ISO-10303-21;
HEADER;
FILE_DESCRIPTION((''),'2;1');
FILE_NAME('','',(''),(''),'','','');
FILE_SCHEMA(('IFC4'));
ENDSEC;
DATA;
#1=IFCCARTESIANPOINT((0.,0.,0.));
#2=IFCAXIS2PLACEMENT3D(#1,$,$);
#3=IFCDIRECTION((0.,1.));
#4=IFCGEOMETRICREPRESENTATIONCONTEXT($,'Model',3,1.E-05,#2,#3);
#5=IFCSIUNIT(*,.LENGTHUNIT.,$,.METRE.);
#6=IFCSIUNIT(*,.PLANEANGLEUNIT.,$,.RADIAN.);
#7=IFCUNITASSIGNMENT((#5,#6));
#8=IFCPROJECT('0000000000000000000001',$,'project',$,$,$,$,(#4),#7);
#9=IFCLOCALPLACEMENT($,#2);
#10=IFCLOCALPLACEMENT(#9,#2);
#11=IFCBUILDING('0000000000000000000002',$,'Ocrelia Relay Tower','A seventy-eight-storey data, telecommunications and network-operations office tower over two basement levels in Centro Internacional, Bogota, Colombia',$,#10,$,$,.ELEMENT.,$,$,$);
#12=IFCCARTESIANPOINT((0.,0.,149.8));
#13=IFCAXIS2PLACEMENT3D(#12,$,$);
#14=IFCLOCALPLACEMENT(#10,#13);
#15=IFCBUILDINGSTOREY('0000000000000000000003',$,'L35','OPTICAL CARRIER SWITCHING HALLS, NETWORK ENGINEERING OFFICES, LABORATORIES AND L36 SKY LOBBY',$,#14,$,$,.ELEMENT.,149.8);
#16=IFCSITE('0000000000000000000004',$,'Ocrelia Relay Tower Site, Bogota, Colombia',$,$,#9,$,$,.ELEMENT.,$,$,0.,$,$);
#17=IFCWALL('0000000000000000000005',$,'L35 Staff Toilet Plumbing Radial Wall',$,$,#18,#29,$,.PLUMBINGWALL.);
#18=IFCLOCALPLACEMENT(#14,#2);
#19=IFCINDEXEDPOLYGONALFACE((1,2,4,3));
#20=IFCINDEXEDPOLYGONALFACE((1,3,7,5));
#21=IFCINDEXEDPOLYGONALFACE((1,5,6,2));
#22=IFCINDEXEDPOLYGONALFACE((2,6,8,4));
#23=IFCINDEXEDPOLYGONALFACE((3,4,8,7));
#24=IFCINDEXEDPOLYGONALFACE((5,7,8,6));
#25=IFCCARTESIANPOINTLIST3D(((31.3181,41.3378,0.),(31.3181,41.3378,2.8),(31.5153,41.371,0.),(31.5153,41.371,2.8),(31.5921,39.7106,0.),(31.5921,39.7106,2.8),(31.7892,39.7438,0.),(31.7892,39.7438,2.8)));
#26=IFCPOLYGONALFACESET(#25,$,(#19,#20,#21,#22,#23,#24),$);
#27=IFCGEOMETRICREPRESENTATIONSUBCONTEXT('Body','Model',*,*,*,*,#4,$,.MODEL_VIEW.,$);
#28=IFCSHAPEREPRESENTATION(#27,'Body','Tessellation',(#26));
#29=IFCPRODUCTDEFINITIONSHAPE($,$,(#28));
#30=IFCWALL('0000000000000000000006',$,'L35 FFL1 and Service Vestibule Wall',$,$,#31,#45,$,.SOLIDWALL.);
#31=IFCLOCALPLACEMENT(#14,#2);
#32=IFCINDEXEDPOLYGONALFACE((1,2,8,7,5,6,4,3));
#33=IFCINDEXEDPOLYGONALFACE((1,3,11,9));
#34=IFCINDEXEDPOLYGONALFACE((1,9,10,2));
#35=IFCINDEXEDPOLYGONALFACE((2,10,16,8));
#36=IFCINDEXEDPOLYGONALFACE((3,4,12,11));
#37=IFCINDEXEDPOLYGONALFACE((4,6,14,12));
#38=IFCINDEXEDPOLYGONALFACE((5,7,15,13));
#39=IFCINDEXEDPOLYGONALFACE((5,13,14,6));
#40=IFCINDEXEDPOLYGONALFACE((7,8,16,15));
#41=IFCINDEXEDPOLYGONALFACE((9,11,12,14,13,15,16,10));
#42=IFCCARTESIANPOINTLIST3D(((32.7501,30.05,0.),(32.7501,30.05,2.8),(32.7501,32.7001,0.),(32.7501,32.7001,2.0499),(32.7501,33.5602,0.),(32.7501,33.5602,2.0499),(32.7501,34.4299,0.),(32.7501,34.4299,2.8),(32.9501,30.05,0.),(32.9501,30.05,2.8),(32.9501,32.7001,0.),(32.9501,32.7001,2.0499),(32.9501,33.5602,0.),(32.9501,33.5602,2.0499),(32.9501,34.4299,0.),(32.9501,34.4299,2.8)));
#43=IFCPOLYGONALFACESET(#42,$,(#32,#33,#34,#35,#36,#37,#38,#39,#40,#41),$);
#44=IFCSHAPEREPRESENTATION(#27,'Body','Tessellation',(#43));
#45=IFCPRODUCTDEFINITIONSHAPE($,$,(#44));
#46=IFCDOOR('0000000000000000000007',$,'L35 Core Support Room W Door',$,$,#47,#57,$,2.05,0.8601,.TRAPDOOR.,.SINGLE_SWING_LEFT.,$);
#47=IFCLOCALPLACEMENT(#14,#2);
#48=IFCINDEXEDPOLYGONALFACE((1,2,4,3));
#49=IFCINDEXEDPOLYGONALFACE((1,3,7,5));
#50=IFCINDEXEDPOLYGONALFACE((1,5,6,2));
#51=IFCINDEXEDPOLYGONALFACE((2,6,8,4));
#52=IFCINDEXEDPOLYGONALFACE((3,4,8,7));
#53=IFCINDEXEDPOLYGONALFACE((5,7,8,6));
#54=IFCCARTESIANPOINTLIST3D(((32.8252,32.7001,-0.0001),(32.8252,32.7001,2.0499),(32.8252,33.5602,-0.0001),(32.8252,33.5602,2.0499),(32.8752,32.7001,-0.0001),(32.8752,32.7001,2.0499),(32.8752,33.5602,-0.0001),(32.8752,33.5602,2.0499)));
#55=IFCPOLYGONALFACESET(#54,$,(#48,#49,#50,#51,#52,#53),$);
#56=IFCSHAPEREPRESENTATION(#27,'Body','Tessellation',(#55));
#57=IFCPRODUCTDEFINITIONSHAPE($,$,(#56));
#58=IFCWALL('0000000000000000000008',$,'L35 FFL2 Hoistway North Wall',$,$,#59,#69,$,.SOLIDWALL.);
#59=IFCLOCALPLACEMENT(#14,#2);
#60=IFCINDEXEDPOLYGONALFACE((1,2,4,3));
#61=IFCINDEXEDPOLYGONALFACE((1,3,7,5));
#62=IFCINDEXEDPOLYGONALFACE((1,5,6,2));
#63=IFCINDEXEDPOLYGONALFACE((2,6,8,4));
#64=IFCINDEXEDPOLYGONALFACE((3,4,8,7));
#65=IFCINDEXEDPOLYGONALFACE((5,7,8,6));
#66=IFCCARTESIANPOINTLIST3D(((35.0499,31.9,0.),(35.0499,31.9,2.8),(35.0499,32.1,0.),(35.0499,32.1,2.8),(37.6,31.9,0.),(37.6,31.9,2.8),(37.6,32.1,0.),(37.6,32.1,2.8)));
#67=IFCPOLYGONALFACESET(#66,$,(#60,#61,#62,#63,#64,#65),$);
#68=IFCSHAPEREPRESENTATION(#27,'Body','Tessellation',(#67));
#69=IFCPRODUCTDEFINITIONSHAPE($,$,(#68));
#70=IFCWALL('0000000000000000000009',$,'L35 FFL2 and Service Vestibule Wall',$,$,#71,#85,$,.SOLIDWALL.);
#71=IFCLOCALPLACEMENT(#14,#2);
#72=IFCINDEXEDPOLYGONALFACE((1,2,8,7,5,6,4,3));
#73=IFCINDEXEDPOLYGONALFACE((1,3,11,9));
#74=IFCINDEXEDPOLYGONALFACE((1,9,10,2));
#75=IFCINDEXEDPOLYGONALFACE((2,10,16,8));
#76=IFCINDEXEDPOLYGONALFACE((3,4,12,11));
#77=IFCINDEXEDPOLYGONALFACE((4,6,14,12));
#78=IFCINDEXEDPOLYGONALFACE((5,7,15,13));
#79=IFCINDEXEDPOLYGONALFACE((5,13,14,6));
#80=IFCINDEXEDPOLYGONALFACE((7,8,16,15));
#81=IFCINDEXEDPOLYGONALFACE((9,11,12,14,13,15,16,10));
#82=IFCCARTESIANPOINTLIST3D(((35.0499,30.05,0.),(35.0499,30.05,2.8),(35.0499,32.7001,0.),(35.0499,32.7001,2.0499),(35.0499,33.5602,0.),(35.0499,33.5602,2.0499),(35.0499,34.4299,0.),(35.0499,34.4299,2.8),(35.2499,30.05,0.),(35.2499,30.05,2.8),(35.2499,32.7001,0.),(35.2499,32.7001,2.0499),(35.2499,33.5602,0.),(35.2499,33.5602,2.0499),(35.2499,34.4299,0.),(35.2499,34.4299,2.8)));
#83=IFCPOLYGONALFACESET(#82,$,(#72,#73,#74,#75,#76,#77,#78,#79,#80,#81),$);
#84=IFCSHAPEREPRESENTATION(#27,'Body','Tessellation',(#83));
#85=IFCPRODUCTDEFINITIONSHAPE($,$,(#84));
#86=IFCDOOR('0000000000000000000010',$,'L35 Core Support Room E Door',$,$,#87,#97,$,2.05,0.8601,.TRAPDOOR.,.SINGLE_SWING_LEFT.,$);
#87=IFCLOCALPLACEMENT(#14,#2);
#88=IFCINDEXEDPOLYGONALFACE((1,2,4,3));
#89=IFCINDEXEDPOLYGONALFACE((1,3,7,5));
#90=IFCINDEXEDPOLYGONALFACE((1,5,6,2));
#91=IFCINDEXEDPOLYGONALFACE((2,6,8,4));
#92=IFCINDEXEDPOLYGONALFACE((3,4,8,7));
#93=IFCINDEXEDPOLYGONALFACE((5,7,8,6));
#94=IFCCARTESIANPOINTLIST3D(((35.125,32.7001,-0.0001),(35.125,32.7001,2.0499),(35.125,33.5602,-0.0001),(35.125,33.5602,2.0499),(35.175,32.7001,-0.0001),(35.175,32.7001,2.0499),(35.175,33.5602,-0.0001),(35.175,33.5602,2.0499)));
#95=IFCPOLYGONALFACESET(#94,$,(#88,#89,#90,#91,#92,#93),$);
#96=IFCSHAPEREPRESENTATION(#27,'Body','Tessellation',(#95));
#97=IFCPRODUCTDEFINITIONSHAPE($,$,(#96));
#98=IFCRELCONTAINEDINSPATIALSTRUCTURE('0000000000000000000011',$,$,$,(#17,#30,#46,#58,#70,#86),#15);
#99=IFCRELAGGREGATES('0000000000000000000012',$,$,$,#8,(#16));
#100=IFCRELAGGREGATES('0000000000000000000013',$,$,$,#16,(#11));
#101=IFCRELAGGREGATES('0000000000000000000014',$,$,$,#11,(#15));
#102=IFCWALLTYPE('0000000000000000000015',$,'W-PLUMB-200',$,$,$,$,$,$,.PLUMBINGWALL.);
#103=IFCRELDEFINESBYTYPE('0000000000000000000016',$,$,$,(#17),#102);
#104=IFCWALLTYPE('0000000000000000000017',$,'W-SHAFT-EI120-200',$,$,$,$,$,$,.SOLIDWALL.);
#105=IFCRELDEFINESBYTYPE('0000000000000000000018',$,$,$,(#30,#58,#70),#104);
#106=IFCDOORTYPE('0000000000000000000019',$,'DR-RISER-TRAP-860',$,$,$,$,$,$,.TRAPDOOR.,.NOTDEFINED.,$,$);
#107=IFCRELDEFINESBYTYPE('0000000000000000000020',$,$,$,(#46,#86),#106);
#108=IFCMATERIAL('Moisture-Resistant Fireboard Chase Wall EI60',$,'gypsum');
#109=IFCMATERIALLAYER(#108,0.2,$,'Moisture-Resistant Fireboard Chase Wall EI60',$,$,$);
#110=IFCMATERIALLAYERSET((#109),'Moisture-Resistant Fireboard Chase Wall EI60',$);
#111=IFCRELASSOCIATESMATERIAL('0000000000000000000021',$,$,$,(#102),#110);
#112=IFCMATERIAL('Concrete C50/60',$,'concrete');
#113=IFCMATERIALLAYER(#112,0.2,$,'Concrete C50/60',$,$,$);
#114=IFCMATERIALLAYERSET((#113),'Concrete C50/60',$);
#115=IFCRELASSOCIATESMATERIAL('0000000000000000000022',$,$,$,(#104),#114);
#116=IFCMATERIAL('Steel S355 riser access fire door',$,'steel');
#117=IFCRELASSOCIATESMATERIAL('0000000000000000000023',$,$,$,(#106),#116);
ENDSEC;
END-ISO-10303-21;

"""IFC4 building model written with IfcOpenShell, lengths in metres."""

from ifc_helpers import new_model, si_unit, direction, frame, frame_2d, origin, place, context, subcontext, project, spatial, rectangle, extrude, material, layer, layer_set, type_object, element, fill, save


model = new_model("IFC4")

# Units and contexts
model_context = context("Model", 3, precision=1e-05, world=origin(), true_north=direction((0.0, 1.0)))
body_context = subcontext(model_context, "Body", "Model", "MODEL_VIEW")
ifc_project = project(units=[si_unit("LENGTHUNIT", "METRE"), si_unit("PLANEANGLEUNIT", "RADIAN")], contexts=[model_context])

# Site, building, storey
site_placement = place(None, origin())
site = spatial("IfcSite", under=ifc_project, at=site_placement, Name="Ocrelia Relay Tower Site, Bogota, Colombia", CompositionType="ELEMENT", RefElevation=0.0)
building_placement = place(site_placement, origin())
building = spatial("IfcBuilding", under=site, at=building_placement, Name="Ocrelia Relay Tower", Description="A seventy-eight-storey data, telecommunications and network-operations office tower over two basement levels in Centro Internacional, Bogota, Colombia", CompositionType="ELEMENT")
storey_placement = place(building_placement, frame((0.0, 0.0, 149.8)))
storey = spatial("IfcBuildingStorey", under=building, at=storey_placement, Name="L35", Description="OPTICAL CARRIER SWITCHING HALLS, NETWORK ENGINEERING OFFICES, LABORATORIES AND L36 SKY LOBBY", CompositionType="ELEMENT", Elevation=149.8)

# Shared definitions
ifc_material_1 = material(Name="Concrete C50/60", Category="concrete")

# Wall
ifc_material_2 = material(Name="Moisture-Resistant Fireboard Chase Wall EI60", Category="gypsum")
ifc_layer_1 = layer(ifc_material_2, 0.2, Name="Moisture-Resistant Fireboard Chase Wall EI60")
ifc_layer_set_1 = layer_set([ifc_layer_1], Name="Moisture-Resistant Fireboard Chase Wall EI60")
wall_type_1 = type_object("IfcWallType", Name="W-PLUMB-200", PredefinedType="PLUMBINGWALL", material=ifc_layer_set_1)
wall_1_placement = place(storey_placement, frame((31.6907, 39.7271, 0.0), z_axis=(0.0, 0.0, 1.0), x_axis=(-0.166006, 0.986125, 0.0)))
element("IfcWall", 1, at=wall_1_placement, inside=storey, type_object=wall_type_1, Name="L35 Staff Toilet Plumbing Radial Wall", PredefinedType="PLUMBINGWALL", context=body_context, shape_type="SweptSolid", body=[
    extrude(rectangle(XDim=1.6501, YDim=0.2, at=frame_2d((0.8252, 0.0))), origin(), (0.0, 0.0, 1.0), 2.8),
])

# Wall, opening, door
ifc_layer_2 = layer(ifc_material_1, 0.2, Name="Concrete C50/60")
ifc_layer_set_2 = layer_set([ifc_layer_2], Name="Concrete C50/60")
wall_type_2 = type_object("IfcWallType", Name="W-SHAFT-EI120-200", PredefinedType="SOLIDWALL", material=ifc_layer_set_2)
wall_2_placement = place(storey_placement, frame((32.8501, 30.05, 0.0), z_axis=(0.0, 0.0, 1.0), x_axis=(0.0, 1.0, 0.0)))
wall_2 = element("IfcWall", 2, at=wall_2_placement, inside=storey, type_object=wall_type_2, Name="L35 FFL1 and Service Vestibule Wall", PredefinedType="SOLIDWALL", context=body_context, shape_type="SweptSolid", body=[
    extrude(rectangle(XDim=4.3799, YDim=0.2, at=frame_2d((2.1899, 0.0))), origin(), (0.0, 0.0, 1.0), 2.8),
])
opening_1_placement = place(wall_2_placement, frame((2.6499, 0.0, 0.0)))
opening_1 = element("IfcOpeningElement", 3, at=opening_1_placement, cuts=wall_2, PredefinedType="OPENING", context=body_context, shape_type="SweptSolid", body=[
    extrude(rectangle(XDim=0.8601, YDim=2.05, at=frame_2d((0.4302, 1.0249))), frame((0.0, 0.1099, 0.0), z_axis=(0.0, -1.0, 0.0), x_axis=(1.0, 0.0, 0.0)), (0.0, 0.0, 1.0), 0.22),
])
ifc_material_3 = material(Name="Steel S355 riser access fire door", Category="steel")
door_type_1 = type_object("IfcDoorType", Name="DR-RISER-TRAP-860", OperationType="NOTDEFINED", PredefinedType="TRAPDOOR", material=ifc_material_3)
door_1_placement = place(opening_1_placement, origin())
door_1 = element("IfcDoor", 4, at=door_1_placement, inside=storey, type_object=door_type_1, Name="L35 Core Support Room W Door", OperationType="SINGLE_SWING_LEFT", OverallHeight=2.05, OverallWidth=0.8601, PredefinedType="TRAPDOOR", context=body_context, shape_type="SweptSolid", body=[
    extrude(rectangle(XDim=0.8601, YDim=2.05, at=frame_2d((0.4302, 1.0249))), frame((0.0, 0.0249, 0.0), z_axis=(0.0, -1.0, 0.0), x_axis=(1.0, 0.0, 0.0)), (0.0, 0.0, 1.0), 0.05),
])
fill(opening_1, door_1)

# Wall
wall_3_placement = place(storey_placement, frame((35.05, 32.0, 0.0), z_axis=(0.0, 0.0, 1.0), x_axis=(1.0, 0.0, 0.0)))
element("IfcWall", 5, at=wall_3_placement, inside=storey, type_object=wall_type_2, Name="L35 FFL2 Hoistway North Wall", PredefinedType="SOLIDWALL", context=body_context, shape_type="SweptSolid", body=[
    extrude(rectangle(XDim=2.55, YDim=0.2, at=frame_2d((1.2749, 0.0))), origin(), (0.0, 0.0, 1.0), 2.8),
])

# Wall, opening, door
wall_4_placement = place(storey_placement, frame((35.1499, 30.05, 0.0), z_axis=(0.0, 0.0, 1.0), x_axis=(0.0, 1.0, 0.0)))
wall_4 = element("IfcWall", 6, at=wall_4_placement, inside=storey, type_object=wall_type_2, Name="L35 FFL2 and Service Vestibule Wall", PredefinedType="SOLIDWALL", context=body_context, shape_type="SweptSolid", body=[
    extrude(rectangle(XDim=4.3799, YDim=0.2, at=frame_2d((2.1899, 0.0))), origin(), (0.0, 0.0, 1.0), 2.8),
])
opening_2_placement = place(wall_4_placement, frame((2.6499, 0.0, 0.0)))
opening_2 = element("IfcOpeningElement", 7, at=opening_2_placement, cuts=wall_4, PredefinedType="OPENING", context=body_context, shape_type="SweptSolid", body=[
    extrude(rectangle(XDim=0.8601, YDim=2.05, at=frame_2d((0.4302, 1.0249))), frame((0.0, 0.1099, 0.0), z_axis=(0.0, -1.0, 0.0), x_axis=(1.0, 0.0, 0.0)), (0.0, 0.0, 1.0), 0.22),
])
door_2_placement = place(opening_2_placement, origin())
door_2 = element("IfcDoor", 8, at=door_2_placement, inside=storey, type_object=door_type_1, Name="L35 Core Support Room E Door", OperationType="SINGLE_SWING_LEFT", OverallHeight=2.05, OverallWidth=0.8601, PredefinedType="TRAPDOOR", context=body_context, shape_type="SweptSolid", body=[
    extrude(rectangle(XDim=0.8601, YDim=2.05, at=frame_2d((0.4302, 1.0249))), frame((0.0, 0.0249, 0.0), z_axis=(0.0, -1.0, 0.0), x_axis=(1.0, 0.0, 0.0)), (0.0, 0.0, 1.0), 0.05),
])
fill(opening_2, door_2)

save(model, "model.ifc")
